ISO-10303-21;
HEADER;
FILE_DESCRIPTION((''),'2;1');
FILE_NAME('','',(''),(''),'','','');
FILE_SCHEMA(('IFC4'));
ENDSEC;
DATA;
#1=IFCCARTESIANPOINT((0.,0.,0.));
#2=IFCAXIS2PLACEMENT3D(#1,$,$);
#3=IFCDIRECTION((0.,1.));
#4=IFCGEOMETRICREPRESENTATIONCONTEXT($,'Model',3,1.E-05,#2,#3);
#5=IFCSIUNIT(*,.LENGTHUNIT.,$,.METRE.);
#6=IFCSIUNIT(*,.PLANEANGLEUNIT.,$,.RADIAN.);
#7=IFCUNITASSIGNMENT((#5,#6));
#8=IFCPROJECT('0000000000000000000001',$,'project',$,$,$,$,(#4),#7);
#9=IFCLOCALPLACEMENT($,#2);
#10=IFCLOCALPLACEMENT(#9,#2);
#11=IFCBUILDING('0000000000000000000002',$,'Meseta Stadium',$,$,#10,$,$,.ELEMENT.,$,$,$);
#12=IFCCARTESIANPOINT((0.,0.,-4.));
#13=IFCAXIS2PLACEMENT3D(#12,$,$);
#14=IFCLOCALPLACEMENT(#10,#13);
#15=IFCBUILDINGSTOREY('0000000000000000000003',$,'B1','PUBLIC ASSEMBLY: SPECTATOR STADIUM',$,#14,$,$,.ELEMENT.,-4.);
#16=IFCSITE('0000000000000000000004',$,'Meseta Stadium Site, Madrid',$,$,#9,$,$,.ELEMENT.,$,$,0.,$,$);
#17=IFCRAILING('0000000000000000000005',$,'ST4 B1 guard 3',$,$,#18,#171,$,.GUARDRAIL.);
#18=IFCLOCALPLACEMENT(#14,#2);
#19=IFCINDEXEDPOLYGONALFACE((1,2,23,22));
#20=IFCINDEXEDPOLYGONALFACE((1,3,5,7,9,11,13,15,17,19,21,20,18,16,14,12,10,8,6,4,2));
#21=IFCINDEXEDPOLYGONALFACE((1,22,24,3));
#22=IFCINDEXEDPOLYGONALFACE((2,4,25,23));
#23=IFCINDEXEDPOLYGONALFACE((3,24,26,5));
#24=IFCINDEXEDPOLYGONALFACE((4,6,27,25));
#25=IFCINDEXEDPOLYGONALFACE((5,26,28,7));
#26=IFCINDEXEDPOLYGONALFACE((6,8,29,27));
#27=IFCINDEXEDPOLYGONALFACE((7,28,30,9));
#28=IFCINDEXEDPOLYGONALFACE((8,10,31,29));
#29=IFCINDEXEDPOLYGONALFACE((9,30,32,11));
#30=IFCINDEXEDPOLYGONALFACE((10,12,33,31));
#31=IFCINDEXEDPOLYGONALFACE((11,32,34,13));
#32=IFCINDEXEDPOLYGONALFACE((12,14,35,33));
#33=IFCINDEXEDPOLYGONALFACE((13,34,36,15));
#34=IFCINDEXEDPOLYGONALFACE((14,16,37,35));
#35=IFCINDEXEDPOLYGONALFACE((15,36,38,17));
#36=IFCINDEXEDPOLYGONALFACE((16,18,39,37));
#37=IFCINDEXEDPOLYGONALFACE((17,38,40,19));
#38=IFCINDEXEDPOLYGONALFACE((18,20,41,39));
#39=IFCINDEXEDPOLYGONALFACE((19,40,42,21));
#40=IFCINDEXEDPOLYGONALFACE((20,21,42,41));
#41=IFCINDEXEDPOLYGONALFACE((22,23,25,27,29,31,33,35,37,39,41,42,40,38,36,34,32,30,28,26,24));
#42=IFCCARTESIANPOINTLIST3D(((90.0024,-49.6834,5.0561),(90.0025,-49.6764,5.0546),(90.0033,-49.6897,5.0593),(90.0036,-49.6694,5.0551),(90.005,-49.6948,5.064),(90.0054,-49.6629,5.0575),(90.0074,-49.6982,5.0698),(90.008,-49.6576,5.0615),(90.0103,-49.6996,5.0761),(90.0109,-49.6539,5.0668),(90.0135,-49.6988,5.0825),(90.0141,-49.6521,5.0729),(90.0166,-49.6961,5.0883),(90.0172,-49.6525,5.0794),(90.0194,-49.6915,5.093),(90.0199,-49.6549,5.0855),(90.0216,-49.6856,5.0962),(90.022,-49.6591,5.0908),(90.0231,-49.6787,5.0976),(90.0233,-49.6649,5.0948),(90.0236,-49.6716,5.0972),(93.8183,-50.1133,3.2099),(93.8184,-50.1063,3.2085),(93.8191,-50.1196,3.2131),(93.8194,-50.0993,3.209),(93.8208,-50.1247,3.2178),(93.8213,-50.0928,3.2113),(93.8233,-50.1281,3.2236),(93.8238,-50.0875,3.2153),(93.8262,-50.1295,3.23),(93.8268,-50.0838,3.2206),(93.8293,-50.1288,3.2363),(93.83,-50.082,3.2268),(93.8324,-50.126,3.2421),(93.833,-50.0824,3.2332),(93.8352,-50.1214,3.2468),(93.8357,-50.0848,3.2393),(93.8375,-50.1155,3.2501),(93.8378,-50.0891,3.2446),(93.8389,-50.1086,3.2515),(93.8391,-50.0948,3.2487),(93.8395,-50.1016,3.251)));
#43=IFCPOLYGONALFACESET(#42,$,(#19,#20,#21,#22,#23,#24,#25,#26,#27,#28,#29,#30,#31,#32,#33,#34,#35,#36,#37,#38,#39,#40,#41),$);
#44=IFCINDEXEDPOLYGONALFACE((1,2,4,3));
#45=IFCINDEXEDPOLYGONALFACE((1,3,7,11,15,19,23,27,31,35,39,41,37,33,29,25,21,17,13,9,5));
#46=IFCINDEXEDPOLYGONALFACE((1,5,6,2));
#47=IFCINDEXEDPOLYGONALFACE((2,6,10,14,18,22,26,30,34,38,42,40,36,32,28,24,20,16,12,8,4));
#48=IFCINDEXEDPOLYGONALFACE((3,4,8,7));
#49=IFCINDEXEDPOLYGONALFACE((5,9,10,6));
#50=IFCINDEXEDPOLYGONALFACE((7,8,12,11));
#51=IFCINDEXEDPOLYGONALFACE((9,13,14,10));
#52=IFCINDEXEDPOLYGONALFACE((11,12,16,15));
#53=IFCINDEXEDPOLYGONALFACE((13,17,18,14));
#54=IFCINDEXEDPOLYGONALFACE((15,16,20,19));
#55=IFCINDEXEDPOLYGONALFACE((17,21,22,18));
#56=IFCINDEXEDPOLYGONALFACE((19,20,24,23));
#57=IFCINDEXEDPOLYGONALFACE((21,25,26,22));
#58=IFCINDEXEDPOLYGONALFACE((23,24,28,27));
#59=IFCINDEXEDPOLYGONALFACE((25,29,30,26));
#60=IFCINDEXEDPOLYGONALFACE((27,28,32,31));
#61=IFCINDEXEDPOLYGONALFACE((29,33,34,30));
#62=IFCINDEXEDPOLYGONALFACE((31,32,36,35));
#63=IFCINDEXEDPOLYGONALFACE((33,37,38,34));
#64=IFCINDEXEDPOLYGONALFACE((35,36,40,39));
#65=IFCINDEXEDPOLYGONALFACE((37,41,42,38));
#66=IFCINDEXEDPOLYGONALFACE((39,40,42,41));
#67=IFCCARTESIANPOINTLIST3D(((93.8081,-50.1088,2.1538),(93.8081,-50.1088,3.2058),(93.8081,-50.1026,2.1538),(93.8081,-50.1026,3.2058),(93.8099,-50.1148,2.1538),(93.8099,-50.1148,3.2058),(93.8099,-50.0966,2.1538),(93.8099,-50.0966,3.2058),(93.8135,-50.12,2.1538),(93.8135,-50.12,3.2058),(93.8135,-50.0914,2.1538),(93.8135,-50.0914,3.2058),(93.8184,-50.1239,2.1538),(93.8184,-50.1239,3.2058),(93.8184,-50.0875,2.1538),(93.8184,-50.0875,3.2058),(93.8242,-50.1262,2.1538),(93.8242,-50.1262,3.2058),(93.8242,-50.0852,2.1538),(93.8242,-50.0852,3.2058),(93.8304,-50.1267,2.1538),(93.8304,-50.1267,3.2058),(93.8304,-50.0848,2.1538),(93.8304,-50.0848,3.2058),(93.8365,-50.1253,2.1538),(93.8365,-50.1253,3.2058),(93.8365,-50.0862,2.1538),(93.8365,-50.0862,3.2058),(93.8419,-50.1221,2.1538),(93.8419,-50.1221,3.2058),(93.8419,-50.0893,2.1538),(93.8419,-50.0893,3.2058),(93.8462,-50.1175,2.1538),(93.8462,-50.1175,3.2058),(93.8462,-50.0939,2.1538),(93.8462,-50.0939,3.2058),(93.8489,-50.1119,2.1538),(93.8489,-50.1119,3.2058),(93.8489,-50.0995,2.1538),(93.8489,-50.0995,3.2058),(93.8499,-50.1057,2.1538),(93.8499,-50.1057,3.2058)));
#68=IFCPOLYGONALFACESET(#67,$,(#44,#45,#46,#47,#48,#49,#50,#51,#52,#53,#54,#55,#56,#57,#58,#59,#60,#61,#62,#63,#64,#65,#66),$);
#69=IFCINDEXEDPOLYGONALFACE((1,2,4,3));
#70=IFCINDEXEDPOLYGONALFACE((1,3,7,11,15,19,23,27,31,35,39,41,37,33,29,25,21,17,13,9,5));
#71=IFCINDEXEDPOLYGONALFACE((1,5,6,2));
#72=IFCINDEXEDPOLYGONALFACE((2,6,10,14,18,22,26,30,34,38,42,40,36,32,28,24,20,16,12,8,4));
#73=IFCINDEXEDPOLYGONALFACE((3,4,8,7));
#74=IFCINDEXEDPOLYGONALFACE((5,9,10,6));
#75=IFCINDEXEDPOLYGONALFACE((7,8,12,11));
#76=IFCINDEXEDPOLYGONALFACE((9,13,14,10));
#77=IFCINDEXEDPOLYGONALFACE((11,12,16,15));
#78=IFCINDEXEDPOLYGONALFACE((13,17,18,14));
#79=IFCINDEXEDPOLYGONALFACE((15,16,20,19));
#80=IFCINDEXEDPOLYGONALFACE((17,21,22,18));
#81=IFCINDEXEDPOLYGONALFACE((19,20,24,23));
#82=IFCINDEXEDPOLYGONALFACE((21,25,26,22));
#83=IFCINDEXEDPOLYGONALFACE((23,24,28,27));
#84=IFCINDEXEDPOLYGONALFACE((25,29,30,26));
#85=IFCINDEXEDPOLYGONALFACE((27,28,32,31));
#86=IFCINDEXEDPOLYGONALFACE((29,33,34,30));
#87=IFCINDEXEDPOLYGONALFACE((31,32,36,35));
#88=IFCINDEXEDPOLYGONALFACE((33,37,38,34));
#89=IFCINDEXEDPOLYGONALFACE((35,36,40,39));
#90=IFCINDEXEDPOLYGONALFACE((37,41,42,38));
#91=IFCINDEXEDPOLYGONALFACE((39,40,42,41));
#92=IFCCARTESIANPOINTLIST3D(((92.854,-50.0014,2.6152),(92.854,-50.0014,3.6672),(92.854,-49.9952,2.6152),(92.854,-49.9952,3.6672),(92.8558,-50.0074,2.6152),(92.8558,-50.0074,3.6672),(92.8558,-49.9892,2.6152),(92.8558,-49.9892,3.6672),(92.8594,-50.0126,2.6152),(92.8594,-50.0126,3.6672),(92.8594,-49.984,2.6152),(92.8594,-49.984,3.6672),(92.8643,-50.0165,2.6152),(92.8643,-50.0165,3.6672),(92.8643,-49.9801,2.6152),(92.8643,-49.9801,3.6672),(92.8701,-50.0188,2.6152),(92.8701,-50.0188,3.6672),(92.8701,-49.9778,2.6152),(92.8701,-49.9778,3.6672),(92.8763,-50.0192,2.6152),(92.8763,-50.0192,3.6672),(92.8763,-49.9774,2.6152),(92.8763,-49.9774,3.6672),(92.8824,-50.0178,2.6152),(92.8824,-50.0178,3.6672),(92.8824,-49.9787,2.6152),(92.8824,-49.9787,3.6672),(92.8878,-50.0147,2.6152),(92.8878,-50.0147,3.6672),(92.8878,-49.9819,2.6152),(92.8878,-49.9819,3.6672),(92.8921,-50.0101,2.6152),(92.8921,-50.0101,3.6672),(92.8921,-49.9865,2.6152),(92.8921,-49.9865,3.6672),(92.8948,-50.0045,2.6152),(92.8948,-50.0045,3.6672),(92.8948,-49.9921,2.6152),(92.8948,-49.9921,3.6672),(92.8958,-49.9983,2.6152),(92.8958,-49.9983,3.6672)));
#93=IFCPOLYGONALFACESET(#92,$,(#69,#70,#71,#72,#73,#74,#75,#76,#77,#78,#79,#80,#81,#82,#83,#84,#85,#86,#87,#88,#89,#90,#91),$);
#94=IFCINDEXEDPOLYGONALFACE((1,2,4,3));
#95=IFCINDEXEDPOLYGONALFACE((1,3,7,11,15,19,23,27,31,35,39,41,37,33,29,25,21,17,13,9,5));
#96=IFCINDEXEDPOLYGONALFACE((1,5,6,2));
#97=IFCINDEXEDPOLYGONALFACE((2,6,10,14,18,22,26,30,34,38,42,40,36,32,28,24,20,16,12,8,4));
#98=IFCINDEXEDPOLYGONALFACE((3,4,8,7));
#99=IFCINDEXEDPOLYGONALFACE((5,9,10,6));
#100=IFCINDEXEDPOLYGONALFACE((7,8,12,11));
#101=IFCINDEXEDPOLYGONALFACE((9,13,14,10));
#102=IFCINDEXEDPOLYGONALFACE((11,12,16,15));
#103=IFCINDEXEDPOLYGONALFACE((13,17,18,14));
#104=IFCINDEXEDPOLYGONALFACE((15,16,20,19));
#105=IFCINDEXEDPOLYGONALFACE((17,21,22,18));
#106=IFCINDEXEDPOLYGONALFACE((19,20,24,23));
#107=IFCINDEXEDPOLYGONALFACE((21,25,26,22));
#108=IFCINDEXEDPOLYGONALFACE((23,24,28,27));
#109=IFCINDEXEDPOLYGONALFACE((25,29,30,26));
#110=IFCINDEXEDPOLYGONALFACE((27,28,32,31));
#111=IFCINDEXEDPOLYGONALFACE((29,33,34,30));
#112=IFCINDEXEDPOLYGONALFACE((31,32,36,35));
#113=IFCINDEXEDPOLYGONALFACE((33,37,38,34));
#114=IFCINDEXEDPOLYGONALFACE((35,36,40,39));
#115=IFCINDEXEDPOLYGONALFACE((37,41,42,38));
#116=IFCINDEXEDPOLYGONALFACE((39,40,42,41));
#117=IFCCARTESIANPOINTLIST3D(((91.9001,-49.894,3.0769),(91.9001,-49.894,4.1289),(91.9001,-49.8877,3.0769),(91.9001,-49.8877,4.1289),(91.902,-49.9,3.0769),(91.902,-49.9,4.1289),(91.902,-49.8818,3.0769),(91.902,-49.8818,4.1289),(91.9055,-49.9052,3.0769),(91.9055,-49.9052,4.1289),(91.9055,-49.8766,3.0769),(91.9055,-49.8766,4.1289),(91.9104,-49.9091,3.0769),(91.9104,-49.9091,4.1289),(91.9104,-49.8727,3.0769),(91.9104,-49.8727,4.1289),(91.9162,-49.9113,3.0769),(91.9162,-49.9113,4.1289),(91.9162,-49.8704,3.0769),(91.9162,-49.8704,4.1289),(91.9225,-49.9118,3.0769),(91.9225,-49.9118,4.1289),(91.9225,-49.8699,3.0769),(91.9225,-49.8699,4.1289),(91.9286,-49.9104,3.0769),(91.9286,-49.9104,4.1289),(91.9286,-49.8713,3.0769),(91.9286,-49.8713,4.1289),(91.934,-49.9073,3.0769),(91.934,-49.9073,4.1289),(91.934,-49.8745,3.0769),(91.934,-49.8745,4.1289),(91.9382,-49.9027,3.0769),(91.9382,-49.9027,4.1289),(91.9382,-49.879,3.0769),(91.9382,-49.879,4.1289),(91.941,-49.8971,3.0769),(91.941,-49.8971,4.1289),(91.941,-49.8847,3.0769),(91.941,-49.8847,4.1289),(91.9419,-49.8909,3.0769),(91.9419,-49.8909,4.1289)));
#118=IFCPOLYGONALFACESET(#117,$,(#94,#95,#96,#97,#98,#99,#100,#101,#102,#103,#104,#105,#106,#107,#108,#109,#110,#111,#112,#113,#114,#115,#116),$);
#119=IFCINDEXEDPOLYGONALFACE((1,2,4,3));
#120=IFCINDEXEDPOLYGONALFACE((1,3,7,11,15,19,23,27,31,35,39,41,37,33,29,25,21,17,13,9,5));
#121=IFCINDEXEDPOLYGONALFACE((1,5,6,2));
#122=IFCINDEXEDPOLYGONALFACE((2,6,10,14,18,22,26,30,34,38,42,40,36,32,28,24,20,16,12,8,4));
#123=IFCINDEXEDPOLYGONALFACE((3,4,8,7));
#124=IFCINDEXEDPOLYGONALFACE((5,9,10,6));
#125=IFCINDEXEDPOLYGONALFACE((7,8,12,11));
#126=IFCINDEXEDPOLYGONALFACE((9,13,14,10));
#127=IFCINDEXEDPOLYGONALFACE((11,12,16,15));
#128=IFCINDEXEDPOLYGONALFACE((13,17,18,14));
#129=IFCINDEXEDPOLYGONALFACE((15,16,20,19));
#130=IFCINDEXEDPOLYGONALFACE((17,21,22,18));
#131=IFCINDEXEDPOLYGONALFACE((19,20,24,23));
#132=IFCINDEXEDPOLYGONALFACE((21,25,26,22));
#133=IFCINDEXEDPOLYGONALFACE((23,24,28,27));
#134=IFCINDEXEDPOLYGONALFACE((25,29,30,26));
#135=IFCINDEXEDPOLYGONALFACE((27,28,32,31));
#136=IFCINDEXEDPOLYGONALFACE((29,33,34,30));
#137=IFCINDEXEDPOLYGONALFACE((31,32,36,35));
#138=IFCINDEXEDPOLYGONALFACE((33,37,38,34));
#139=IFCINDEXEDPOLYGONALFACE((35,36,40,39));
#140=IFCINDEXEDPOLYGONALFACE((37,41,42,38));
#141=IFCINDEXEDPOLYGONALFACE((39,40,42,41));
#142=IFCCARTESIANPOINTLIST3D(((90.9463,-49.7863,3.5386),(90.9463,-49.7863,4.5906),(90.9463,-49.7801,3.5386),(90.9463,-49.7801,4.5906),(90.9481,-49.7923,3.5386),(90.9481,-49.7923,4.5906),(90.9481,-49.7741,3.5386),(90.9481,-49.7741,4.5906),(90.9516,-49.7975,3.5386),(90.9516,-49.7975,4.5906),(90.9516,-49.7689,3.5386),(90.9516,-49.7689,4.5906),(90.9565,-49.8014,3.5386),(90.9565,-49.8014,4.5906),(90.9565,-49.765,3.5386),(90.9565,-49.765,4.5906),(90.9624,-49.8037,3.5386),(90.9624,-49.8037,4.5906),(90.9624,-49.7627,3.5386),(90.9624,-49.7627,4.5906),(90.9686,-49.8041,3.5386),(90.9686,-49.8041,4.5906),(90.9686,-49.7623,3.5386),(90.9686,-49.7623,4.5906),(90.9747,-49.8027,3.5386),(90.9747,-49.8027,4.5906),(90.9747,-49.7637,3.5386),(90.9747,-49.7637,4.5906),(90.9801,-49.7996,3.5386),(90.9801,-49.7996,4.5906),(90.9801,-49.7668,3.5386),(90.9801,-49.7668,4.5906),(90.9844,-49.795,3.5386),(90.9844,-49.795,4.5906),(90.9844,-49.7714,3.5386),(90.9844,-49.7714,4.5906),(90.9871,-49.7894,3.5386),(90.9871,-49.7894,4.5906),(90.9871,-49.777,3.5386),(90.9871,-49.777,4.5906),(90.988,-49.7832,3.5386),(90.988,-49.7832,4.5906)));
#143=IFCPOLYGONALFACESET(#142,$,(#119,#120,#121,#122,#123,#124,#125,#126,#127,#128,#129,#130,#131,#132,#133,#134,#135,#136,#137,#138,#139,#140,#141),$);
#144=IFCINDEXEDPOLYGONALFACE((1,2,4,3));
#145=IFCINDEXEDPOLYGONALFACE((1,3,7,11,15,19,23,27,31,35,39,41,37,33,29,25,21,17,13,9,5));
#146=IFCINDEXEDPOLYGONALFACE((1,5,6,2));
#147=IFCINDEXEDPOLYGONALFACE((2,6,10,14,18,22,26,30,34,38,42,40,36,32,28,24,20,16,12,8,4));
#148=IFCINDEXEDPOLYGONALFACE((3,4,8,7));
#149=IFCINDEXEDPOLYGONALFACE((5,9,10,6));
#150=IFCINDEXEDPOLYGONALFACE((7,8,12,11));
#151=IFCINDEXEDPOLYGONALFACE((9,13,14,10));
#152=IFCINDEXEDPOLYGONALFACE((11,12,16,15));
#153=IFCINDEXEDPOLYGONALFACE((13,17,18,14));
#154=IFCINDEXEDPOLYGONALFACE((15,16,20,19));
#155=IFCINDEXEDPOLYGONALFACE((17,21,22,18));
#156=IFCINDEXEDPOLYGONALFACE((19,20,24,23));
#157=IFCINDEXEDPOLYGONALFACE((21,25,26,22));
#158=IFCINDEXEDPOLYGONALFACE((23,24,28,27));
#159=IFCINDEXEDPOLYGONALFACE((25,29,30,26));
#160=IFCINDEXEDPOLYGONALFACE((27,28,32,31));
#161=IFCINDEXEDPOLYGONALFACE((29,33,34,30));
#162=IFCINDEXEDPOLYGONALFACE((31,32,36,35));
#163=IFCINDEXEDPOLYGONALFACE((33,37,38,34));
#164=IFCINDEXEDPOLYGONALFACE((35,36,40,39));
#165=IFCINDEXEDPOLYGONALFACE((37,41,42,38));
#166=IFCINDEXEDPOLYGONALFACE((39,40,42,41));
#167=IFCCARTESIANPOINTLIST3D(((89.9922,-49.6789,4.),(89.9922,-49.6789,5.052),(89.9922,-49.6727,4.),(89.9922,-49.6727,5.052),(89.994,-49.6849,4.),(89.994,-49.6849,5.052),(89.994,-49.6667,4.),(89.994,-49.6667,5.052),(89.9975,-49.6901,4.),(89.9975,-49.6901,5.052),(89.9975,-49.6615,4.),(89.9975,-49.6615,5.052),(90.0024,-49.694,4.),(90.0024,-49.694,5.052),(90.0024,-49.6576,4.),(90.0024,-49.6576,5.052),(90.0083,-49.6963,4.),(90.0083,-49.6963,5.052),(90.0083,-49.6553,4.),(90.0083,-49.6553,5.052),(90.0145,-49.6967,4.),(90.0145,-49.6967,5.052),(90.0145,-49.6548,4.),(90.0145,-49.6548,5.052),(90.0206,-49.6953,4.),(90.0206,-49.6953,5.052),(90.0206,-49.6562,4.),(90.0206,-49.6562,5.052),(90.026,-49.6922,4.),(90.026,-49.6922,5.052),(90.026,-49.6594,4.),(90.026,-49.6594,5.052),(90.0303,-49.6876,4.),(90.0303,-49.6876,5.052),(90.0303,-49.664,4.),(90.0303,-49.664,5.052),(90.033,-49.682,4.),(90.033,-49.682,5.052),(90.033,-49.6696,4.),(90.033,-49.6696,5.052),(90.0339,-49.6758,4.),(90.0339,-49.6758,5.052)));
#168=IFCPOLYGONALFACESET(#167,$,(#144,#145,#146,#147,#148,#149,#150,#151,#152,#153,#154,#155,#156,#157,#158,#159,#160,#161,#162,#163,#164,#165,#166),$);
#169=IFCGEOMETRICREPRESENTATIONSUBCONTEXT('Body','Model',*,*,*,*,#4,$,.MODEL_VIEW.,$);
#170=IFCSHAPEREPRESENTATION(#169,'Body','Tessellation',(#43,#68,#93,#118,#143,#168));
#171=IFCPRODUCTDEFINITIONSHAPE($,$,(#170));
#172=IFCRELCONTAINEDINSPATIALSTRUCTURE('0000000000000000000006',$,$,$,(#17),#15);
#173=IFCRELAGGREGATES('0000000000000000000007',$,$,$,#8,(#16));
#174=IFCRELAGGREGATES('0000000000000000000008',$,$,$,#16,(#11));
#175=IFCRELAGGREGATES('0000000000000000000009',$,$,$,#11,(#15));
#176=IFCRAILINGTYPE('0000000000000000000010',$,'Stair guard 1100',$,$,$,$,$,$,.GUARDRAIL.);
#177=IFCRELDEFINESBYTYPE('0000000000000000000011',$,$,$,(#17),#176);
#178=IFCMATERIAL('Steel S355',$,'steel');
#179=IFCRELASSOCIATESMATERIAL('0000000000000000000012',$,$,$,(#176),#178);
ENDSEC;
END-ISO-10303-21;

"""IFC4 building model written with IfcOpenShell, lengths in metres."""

from ifc_helpers import new_model, si_unit, direction, frame, origin, origin_2d, place, context, subcontext, project, spatial, circle, extrude, material, type_object, element, save


model = new_model("IFC4")

# Units and contexts
model_context = context("Model", 3, precision=1e-05, world=origin(), true_north=direction((0.0, 1.0)))
body_context = subcontext(model_context, "Body", "Model", "MODEL_VIEW")
ifc_project = project(units=[si_unit("LENGTHUNIT", "METRE"), si_unit("PLANEANGLEUNIT", "RADIAN")], contexts=[model_context])

# Site, building, storey
site_placement = place(None, origin())
site = spatial("IfcSite", under=ifc_project, at=site_placement, Name="Meseta Stadium Site, Madrid", CompositionType="ELEMENT", RefElevation=0.0)
building_placement = place(site_placement, origin())
building = spatial("IfcBuilding", under=site, at=building_placement, Name="Meseta Stadium", CompositionType="ELEMENT")
storey_placement = place(building_placement, frame((0.0, 0.0, -4.0)))
storey = spatial("IfcBuildingStorey", under=building, at=storey_placement, Name="B1", Description="PUBLIC ASSEMBLY: SPECTATOR STADIUM", CompositionType="ELEMENT", Elevation=-4.0)

# Railing
ifc_material_1 = material(Name="Steel S355", Category="steel")
railing_type_1 = type_object("IfcRailingType", Name="Stair guard 1100", PredefinedType="GUARDRAIL", material=ifc_material_1)
railing_1_placement = place(storey_placement, frame((93.8289, -50.1057, 2.1538)))
element("IfcRailing", 1, at=railing_1_placement, inside=storey, type_object=railing_type_1, Name="ST4 B1 guard 3", PredefinedType="GUARDRAIL", context=body_context, shape_type="SweptSolid", body=[
    extrude(circle(Radius=0.0239, at=origin_2d()), frame((0.0, 0.0, 1.0762), z_axis=(-0.895585, 0.100904, 0.433296), x_axis=(-0.11196, -0.993713, 0.0)), (0.0, 0.0, 1.0), 4.2607),
    extrude(circle(Radius=0.021, at=origin_2d()), origin(), (0.0, 0.0, 1.0), 1.052),
    extrude(circle(Radius=0.021, at=origin_2d()), frame((-0.9541, 0.1074, 0.4614)), (0.0, 0.0, 1.0), 1.052),
    extrude(circle(Radius=0.021, at=origin_2d()), frame((-1.908, 0.2148, 0.9231)), (0.0, 0.0, 1.0), 1.052),
    extrude(circle(Radius=0.021, at=origin_2d()), frame((-2.8618, 0.3225, 1.3848)), (0.0, 0.0, 1.0), 1.052),
    extrude(circle(Radius=0.021, at=origin_2d()), frame((-3.8159, 0.4299, 1.8462)), (0.0, 0.0, 1.0), 1.052),
])

save(model, "model.ifc")
